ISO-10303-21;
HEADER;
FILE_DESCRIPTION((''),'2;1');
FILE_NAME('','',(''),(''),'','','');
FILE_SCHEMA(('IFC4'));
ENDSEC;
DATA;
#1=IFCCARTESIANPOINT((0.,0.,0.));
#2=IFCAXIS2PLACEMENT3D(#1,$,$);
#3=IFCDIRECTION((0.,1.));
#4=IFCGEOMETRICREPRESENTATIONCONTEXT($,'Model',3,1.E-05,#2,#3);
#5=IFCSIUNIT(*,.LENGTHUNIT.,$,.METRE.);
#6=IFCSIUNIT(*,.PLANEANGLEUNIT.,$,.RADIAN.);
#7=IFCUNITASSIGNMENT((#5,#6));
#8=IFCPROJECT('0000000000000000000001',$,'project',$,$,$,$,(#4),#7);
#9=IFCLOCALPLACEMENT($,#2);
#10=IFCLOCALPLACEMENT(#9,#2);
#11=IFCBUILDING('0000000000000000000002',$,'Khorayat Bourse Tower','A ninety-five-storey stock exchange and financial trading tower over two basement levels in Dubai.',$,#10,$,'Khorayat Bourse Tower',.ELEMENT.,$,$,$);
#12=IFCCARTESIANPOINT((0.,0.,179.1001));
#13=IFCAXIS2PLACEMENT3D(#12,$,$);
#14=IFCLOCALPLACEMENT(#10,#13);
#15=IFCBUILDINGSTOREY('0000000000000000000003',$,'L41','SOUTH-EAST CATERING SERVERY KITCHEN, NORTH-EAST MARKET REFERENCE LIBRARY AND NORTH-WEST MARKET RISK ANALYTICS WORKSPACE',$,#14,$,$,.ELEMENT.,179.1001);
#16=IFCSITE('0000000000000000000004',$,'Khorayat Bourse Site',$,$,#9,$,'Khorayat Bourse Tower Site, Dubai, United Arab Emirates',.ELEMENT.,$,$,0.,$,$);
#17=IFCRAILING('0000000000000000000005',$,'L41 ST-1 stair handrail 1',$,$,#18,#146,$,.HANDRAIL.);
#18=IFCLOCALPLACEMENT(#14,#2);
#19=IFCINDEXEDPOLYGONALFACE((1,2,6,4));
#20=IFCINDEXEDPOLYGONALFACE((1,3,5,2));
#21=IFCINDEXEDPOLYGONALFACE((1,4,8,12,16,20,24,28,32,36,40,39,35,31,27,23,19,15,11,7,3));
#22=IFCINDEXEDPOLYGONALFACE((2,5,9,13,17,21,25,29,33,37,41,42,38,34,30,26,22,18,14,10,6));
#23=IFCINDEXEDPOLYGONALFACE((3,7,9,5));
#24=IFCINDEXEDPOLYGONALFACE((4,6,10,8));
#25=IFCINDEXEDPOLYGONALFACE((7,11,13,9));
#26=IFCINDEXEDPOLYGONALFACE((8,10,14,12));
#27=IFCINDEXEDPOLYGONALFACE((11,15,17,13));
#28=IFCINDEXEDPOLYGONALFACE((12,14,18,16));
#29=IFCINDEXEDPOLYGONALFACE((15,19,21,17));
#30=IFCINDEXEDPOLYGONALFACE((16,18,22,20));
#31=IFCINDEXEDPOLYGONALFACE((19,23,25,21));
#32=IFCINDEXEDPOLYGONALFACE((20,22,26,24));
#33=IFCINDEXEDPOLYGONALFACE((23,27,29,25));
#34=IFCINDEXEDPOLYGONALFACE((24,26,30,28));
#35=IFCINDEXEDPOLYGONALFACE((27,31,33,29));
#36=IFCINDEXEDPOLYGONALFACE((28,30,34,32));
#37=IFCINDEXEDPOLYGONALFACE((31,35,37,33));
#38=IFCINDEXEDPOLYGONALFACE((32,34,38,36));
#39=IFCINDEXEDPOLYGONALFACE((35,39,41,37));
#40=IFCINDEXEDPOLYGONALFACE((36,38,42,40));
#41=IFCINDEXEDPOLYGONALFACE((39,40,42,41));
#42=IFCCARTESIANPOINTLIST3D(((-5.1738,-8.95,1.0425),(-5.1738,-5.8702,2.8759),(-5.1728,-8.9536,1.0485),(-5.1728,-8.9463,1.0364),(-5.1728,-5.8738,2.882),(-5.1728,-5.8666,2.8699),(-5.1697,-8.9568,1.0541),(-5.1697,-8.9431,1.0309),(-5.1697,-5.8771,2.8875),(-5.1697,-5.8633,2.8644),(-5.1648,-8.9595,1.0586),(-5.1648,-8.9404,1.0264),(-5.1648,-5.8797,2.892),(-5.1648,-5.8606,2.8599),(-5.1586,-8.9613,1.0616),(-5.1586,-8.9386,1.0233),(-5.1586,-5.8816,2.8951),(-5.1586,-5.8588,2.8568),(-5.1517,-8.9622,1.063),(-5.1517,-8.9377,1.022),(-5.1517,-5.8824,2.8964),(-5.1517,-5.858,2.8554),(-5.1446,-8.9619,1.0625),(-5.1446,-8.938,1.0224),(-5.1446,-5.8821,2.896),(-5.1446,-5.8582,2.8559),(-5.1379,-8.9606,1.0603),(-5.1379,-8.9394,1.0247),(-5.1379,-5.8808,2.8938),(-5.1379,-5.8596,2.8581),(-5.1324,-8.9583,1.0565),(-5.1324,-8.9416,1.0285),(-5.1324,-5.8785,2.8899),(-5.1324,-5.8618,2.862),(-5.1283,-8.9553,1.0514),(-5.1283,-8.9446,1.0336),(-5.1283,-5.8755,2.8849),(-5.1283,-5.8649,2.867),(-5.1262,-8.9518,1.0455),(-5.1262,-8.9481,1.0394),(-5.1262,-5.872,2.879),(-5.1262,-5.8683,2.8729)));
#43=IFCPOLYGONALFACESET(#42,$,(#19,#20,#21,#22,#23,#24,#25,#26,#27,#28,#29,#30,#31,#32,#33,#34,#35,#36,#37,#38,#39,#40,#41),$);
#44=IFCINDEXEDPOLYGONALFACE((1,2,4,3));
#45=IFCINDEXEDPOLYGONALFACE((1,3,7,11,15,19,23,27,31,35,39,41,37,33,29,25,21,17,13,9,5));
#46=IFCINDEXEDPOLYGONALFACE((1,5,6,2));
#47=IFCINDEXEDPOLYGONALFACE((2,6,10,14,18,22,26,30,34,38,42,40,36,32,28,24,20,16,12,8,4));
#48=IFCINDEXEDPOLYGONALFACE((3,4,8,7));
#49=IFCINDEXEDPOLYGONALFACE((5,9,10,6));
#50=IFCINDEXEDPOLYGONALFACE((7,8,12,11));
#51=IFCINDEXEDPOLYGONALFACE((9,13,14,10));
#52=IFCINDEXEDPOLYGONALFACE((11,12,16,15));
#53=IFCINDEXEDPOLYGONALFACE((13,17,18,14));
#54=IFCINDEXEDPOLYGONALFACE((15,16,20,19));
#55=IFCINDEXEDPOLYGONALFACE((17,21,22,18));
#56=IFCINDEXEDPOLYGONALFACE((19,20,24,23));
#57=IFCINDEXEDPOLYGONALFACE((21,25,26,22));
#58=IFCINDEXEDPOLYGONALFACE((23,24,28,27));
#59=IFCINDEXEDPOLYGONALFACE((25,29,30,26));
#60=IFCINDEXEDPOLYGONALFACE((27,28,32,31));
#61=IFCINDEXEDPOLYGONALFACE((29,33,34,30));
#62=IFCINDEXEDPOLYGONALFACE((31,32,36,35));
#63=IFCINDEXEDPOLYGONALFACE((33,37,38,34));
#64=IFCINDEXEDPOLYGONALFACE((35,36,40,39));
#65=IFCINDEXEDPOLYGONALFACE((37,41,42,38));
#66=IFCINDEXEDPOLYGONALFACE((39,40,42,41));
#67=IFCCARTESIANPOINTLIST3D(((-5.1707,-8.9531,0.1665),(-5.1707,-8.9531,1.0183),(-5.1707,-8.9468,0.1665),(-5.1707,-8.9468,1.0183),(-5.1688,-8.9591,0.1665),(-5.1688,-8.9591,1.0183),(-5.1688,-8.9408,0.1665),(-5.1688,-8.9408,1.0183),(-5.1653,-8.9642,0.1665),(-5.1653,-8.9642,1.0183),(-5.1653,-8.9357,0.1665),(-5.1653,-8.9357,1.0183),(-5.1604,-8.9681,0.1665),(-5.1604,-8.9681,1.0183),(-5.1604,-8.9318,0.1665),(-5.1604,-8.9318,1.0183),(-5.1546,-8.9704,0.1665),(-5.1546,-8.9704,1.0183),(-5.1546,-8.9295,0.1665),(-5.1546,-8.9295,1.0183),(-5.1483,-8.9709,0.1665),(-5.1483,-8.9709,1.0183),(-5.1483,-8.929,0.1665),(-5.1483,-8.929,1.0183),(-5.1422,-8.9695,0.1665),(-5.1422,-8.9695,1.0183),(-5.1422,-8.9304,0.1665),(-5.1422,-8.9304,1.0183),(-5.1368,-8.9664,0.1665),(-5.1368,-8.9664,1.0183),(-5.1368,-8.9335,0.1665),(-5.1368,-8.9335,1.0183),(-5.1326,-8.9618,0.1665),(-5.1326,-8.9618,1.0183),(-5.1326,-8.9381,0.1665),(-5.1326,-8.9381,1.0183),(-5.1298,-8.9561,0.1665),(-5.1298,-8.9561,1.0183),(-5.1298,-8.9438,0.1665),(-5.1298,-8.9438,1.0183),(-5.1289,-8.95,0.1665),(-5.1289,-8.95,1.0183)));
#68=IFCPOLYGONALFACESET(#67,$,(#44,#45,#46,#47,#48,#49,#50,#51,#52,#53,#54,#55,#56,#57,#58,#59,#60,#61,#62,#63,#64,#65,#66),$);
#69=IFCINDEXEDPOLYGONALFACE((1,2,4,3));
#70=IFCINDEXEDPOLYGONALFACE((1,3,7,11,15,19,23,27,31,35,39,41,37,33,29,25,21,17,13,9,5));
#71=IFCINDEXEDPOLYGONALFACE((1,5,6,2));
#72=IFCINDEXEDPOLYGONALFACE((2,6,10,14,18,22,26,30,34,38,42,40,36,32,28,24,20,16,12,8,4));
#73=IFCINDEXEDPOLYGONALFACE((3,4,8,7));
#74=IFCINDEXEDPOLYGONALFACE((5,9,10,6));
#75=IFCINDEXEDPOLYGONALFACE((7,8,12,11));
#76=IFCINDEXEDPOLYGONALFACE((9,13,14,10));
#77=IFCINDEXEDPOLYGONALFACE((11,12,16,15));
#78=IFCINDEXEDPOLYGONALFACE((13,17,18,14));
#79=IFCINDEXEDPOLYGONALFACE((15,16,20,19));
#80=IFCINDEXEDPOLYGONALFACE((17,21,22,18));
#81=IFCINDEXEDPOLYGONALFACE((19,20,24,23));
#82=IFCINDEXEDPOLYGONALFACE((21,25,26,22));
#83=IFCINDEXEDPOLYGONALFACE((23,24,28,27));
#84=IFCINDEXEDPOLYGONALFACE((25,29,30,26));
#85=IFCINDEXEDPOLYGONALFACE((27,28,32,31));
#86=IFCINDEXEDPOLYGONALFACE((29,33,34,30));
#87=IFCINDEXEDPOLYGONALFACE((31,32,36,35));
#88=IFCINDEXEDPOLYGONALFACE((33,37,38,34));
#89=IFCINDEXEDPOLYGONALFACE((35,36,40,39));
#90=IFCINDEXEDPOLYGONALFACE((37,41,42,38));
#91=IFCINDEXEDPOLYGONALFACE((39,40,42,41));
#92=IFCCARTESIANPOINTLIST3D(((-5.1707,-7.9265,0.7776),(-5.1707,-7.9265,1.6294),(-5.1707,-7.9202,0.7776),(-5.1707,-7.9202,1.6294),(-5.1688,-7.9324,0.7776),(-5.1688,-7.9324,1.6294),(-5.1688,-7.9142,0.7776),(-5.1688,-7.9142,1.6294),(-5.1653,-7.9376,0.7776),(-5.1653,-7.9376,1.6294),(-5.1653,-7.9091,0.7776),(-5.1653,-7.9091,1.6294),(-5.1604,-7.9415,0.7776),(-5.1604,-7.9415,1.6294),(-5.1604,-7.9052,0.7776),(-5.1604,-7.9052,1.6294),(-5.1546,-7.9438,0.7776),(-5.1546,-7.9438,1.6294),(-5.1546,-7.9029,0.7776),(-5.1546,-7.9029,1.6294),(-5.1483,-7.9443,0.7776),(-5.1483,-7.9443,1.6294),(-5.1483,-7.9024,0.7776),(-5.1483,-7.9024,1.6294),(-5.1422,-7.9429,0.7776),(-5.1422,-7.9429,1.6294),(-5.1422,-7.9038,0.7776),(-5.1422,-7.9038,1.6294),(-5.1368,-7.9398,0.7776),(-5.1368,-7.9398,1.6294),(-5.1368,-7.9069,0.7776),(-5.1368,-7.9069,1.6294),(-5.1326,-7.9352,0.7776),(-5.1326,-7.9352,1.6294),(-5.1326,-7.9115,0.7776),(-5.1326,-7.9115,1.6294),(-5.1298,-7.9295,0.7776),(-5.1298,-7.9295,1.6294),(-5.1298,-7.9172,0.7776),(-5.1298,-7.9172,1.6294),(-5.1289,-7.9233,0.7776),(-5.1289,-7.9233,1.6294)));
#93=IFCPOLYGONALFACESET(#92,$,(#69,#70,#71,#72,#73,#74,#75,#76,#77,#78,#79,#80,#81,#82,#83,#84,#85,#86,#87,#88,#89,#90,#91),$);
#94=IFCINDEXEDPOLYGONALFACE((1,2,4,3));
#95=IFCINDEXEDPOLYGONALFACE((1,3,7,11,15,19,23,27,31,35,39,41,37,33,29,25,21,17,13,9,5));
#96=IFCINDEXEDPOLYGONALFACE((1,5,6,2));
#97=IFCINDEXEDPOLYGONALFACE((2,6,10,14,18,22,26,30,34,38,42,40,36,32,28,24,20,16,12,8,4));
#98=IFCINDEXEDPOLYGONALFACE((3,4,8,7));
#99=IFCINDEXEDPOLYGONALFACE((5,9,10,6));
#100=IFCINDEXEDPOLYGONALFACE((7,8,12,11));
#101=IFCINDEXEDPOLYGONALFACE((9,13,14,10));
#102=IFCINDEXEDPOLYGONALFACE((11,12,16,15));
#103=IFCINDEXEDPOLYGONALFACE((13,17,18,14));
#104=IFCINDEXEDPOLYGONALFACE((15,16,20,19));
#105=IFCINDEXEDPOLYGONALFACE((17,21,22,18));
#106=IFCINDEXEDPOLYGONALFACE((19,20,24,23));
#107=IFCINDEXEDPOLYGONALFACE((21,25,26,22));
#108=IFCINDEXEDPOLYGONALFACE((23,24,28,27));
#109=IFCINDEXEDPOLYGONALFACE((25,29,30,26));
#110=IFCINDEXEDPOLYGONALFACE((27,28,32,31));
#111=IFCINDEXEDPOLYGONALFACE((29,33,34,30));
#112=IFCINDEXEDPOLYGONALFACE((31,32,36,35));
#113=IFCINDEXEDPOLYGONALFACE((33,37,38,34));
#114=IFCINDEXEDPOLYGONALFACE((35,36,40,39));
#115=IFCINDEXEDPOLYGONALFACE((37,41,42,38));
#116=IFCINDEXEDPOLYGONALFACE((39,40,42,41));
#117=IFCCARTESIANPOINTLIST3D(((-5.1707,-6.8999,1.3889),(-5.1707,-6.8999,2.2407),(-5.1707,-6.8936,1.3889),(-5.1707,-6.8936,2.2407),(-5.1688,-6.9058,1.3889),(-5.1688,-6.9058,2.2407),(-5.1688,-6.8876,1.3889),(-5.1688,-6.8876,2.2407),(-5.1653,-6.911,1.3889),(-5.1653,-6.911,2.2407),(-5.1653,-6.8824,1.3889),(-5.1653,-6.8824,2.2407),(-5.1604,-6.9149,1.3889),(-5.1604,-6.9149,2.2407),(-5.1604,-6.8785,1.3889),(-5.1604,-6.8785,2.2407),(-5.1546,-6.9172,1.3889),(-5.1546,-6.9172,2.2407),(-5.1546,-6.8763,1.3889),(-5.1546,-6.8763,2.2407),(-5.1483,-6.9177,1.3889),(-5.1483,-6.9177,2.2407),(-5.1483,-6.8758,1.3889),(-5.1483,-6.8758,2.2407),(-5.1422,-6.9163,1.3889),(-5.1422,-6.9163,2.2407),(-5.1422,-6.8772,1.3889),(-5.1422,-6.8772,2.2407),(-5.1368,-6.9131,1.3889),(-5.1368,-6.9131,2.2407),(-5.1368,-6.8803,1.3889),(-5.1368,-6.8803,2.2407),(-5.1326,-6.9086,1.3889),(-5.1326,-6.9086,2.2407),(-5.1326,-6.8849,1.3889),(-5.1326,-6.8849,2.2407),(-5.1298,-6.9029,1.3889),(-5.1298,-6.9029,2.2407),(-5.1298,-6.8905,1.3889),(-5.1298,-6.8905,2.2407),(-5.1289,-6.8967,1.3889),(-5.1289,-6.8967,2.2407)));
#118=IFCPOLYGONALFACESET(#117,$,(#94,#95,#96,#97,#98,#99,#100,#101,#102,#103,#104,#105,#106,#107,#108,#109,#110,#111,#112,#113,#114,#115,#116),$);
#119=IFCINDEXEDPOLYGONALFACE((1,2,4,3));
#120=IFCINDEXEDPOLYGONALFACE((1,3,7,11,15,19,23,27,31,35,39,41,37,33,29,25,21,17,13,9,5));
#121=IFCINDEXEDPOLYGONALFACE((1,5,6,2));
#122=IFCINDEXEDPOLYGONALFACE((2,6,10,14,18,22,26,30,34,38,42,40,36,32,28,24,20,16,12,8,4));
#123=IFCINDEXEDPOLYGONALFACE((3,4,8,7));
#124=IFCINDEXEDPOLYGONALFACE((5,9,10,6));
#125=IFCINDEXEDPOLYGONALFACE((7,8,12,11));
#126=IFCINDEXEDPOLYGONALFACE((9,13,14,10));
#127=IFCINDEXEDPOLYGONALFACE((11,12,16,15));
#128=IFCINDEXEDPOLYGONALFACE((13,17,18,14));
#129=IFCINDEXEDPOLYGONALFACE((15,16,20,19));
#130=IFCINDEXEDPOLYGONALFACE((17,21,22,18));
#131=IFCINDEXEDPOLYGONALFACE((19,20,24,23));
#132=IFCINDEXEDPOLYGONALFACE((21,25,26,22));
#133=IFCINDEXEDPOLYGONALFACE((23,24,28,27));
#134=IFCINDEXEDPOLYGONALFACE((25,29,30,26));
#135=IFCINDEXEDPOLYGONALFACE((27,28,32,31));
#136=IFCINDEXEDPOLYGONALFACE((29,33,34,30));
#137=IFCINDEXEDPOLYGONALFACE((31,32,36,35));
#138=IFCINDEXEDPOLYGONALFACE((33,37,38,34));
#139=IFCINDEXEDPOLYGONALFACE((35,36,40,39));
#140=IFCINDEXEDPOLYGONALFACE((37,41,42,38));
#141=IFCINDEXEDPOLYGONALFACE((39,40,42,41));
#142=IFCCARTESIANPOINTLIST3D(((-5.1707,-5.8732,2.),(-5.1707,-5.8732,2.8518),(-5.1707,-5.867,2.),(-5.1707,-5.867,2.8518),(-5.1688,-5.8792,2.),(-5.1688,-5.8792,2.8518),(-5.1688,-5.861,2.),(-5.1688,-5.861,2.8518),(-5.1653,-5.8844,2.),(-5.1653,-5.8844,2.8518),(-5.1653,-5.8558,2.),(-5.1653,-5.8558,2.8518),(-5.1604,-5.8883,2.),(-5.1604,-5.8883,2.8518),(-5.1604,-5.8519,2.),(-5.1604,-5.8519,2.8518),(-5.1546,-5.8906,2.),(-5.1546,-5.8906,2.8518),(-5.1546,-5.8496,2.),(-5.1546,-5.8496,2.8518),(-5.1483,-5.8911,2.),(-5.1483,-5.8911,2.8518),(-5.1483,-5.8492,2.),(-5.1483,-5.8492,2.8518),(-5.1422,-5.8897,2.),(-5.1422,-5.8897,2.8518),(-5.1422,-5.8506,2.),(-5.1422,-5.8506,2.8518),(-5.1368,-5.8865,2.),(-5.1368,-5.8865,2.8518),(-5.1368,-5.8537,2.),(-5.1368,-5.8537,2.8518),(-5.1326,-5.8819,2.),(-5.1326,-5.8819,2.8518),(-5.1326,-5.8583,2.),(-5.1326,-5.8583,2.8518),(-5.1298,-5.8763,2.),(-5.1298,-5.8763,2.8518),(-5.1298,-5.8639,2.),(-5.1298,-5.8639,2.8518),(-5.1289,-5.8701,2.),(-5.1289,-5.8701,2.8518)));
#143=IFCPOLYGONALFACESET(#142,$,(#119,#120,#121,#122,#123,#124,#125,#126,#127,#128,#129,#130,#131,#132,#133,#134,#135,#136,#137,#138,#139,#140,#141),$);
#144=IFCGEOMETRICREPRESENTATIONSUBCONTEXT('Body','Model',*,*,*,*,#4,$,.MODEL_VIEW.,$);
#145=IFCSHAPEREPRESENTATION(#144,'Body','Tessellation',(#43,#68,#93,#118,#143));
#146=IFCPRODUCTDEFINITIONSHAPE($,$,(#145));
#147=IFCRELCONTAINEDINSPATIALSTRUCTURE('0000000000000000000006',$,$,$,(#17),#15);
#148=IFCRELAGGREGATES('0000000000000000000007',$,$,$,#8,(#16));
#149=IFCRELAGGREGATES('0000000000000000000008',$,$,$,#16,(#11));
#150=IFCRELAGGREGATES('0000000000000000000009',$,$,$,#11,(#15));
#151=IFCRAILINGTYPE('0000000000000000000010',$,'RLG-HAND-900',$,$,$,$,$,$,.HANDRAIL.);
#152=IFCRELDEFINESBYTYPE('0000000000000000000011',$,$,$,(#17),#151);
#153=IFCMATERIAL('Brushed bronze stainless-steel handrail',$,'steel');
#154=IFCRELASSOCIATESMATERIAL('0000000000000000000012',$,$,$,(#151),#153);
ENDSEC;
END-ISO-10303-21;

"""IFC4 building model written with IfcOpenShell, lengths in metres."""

from ifc_helpers import new_model, si_unit, direction, frame, origin, origin_2d, place, context, subcontext, project, spatial, circle, extrude, source, transform, mapped, material, type_object, element, save


model = new_model("IFC4")

# Units and contexts
model_context = context("Model", 3, precision=1e-05, world=origin(), true_north=direction((0.0, 1.0)))
body_context = subcontext(model_context, "Body", "Model", "MODEL_VIEW")
ifc_project = project(units=[si_unit("LENGTHUNIT", "METRE"), si_unit("PLANEANGLEUNIT", "RADIAN")], contexts=[model_context])

# Site, building, storey
site_placement = place(None, origin())
site = spatial("IfcSite", under=ifc_project, at=site_placement, Name="Khorayat Bourse Site", LongName="Khorayat Bourse Tower Site, Dubai, United Arab Emirates", CompositionType="ELEMENT", RefElevation=0.0)
building_placement = place(site_placement, origin())
building = spatial("IfcBuilding", under=site, at=building_placement, Name="Khorayat Bourse Tower", Description="A ninety-five-storey stock exchange and financial trading tower over two basement levels in Dubai.", LongName="Khorayat Bourse Tower", CompositionType="ELEMENT")
storey_placement = place(building_placement, frame((0.0, 0.0, 179.1001)))
storey = spatial("IfcBuildingStorey", under=building, at=storey_placement, Name="L41", Description="SOUTH-EAST CATERING SERVERY KITCHEN, NORTH-EAST MARKET REFERENCE LIBRARY AND NORTH-WEST MARKET RISK ANALYTICS WORKSPACE", CompositionType="ELEMENT", Elevation=179.1001)

# Railing
ifc_material_1 = material(Name="Brushed bronze stainless-steel handrail", Category="steel")
railing_type_1 = type_object("IfcRailingType", Name="RLG-HAND-900", PredefinedType="HANDRAIL", material=ifc_material_1)
shared_shape_1 = source(origin(), body_context, "Body", "SweptSolid", [
    extrude(circle(Radius=0.0239, at=origin_2d()), frame((0.0, 0.0, 0.876), z_axis=(0.0, 0.859261, 0.511538), x_axis=(-1.0, 0.0, 0.0)), (0.0, 0.0, 1.0), 3.5842),
    extrude(circle(Radius=0.021, at=origin_2d()), origin(), (0.0, 0.0, 1.0), 0.8518),
    extrude(circle(Radius=0.021, at=origin_2d()), frame((0.0, 1.0266, 0.6111)), (0.0, 0.0, 1.0), 0.8518),
    extrude(circle(Radius=0.021, at=origin_2d()), frame((0.0, 2.0532, 1.2224)), (0.0, 0.0, 1.0), 0.8518),
    extrude(circle(Radius=0.021, at=origin_2d()), frame((0.0, 3.0798, 1.8335)), (0.0, 0.0, 1.0), 0.8518),
])
railing_1_placement = place(storey_placement, frame((-5.1499, -8.95, 0.1665)))
element("IfcRailing", 1, at=railing_1_placement, inside=storey, type_object=railing_type_1, Name="L41 ST-1 stair handrail 1", PredefinedType="HANDRAIL", context=body_context, shape_type="MappedRepresentation", body=[
    mapped(shared_shape_1, transform((0.0, 0.0, 0.0), scale=1.0)),
])

save(model, "model.ifc")
